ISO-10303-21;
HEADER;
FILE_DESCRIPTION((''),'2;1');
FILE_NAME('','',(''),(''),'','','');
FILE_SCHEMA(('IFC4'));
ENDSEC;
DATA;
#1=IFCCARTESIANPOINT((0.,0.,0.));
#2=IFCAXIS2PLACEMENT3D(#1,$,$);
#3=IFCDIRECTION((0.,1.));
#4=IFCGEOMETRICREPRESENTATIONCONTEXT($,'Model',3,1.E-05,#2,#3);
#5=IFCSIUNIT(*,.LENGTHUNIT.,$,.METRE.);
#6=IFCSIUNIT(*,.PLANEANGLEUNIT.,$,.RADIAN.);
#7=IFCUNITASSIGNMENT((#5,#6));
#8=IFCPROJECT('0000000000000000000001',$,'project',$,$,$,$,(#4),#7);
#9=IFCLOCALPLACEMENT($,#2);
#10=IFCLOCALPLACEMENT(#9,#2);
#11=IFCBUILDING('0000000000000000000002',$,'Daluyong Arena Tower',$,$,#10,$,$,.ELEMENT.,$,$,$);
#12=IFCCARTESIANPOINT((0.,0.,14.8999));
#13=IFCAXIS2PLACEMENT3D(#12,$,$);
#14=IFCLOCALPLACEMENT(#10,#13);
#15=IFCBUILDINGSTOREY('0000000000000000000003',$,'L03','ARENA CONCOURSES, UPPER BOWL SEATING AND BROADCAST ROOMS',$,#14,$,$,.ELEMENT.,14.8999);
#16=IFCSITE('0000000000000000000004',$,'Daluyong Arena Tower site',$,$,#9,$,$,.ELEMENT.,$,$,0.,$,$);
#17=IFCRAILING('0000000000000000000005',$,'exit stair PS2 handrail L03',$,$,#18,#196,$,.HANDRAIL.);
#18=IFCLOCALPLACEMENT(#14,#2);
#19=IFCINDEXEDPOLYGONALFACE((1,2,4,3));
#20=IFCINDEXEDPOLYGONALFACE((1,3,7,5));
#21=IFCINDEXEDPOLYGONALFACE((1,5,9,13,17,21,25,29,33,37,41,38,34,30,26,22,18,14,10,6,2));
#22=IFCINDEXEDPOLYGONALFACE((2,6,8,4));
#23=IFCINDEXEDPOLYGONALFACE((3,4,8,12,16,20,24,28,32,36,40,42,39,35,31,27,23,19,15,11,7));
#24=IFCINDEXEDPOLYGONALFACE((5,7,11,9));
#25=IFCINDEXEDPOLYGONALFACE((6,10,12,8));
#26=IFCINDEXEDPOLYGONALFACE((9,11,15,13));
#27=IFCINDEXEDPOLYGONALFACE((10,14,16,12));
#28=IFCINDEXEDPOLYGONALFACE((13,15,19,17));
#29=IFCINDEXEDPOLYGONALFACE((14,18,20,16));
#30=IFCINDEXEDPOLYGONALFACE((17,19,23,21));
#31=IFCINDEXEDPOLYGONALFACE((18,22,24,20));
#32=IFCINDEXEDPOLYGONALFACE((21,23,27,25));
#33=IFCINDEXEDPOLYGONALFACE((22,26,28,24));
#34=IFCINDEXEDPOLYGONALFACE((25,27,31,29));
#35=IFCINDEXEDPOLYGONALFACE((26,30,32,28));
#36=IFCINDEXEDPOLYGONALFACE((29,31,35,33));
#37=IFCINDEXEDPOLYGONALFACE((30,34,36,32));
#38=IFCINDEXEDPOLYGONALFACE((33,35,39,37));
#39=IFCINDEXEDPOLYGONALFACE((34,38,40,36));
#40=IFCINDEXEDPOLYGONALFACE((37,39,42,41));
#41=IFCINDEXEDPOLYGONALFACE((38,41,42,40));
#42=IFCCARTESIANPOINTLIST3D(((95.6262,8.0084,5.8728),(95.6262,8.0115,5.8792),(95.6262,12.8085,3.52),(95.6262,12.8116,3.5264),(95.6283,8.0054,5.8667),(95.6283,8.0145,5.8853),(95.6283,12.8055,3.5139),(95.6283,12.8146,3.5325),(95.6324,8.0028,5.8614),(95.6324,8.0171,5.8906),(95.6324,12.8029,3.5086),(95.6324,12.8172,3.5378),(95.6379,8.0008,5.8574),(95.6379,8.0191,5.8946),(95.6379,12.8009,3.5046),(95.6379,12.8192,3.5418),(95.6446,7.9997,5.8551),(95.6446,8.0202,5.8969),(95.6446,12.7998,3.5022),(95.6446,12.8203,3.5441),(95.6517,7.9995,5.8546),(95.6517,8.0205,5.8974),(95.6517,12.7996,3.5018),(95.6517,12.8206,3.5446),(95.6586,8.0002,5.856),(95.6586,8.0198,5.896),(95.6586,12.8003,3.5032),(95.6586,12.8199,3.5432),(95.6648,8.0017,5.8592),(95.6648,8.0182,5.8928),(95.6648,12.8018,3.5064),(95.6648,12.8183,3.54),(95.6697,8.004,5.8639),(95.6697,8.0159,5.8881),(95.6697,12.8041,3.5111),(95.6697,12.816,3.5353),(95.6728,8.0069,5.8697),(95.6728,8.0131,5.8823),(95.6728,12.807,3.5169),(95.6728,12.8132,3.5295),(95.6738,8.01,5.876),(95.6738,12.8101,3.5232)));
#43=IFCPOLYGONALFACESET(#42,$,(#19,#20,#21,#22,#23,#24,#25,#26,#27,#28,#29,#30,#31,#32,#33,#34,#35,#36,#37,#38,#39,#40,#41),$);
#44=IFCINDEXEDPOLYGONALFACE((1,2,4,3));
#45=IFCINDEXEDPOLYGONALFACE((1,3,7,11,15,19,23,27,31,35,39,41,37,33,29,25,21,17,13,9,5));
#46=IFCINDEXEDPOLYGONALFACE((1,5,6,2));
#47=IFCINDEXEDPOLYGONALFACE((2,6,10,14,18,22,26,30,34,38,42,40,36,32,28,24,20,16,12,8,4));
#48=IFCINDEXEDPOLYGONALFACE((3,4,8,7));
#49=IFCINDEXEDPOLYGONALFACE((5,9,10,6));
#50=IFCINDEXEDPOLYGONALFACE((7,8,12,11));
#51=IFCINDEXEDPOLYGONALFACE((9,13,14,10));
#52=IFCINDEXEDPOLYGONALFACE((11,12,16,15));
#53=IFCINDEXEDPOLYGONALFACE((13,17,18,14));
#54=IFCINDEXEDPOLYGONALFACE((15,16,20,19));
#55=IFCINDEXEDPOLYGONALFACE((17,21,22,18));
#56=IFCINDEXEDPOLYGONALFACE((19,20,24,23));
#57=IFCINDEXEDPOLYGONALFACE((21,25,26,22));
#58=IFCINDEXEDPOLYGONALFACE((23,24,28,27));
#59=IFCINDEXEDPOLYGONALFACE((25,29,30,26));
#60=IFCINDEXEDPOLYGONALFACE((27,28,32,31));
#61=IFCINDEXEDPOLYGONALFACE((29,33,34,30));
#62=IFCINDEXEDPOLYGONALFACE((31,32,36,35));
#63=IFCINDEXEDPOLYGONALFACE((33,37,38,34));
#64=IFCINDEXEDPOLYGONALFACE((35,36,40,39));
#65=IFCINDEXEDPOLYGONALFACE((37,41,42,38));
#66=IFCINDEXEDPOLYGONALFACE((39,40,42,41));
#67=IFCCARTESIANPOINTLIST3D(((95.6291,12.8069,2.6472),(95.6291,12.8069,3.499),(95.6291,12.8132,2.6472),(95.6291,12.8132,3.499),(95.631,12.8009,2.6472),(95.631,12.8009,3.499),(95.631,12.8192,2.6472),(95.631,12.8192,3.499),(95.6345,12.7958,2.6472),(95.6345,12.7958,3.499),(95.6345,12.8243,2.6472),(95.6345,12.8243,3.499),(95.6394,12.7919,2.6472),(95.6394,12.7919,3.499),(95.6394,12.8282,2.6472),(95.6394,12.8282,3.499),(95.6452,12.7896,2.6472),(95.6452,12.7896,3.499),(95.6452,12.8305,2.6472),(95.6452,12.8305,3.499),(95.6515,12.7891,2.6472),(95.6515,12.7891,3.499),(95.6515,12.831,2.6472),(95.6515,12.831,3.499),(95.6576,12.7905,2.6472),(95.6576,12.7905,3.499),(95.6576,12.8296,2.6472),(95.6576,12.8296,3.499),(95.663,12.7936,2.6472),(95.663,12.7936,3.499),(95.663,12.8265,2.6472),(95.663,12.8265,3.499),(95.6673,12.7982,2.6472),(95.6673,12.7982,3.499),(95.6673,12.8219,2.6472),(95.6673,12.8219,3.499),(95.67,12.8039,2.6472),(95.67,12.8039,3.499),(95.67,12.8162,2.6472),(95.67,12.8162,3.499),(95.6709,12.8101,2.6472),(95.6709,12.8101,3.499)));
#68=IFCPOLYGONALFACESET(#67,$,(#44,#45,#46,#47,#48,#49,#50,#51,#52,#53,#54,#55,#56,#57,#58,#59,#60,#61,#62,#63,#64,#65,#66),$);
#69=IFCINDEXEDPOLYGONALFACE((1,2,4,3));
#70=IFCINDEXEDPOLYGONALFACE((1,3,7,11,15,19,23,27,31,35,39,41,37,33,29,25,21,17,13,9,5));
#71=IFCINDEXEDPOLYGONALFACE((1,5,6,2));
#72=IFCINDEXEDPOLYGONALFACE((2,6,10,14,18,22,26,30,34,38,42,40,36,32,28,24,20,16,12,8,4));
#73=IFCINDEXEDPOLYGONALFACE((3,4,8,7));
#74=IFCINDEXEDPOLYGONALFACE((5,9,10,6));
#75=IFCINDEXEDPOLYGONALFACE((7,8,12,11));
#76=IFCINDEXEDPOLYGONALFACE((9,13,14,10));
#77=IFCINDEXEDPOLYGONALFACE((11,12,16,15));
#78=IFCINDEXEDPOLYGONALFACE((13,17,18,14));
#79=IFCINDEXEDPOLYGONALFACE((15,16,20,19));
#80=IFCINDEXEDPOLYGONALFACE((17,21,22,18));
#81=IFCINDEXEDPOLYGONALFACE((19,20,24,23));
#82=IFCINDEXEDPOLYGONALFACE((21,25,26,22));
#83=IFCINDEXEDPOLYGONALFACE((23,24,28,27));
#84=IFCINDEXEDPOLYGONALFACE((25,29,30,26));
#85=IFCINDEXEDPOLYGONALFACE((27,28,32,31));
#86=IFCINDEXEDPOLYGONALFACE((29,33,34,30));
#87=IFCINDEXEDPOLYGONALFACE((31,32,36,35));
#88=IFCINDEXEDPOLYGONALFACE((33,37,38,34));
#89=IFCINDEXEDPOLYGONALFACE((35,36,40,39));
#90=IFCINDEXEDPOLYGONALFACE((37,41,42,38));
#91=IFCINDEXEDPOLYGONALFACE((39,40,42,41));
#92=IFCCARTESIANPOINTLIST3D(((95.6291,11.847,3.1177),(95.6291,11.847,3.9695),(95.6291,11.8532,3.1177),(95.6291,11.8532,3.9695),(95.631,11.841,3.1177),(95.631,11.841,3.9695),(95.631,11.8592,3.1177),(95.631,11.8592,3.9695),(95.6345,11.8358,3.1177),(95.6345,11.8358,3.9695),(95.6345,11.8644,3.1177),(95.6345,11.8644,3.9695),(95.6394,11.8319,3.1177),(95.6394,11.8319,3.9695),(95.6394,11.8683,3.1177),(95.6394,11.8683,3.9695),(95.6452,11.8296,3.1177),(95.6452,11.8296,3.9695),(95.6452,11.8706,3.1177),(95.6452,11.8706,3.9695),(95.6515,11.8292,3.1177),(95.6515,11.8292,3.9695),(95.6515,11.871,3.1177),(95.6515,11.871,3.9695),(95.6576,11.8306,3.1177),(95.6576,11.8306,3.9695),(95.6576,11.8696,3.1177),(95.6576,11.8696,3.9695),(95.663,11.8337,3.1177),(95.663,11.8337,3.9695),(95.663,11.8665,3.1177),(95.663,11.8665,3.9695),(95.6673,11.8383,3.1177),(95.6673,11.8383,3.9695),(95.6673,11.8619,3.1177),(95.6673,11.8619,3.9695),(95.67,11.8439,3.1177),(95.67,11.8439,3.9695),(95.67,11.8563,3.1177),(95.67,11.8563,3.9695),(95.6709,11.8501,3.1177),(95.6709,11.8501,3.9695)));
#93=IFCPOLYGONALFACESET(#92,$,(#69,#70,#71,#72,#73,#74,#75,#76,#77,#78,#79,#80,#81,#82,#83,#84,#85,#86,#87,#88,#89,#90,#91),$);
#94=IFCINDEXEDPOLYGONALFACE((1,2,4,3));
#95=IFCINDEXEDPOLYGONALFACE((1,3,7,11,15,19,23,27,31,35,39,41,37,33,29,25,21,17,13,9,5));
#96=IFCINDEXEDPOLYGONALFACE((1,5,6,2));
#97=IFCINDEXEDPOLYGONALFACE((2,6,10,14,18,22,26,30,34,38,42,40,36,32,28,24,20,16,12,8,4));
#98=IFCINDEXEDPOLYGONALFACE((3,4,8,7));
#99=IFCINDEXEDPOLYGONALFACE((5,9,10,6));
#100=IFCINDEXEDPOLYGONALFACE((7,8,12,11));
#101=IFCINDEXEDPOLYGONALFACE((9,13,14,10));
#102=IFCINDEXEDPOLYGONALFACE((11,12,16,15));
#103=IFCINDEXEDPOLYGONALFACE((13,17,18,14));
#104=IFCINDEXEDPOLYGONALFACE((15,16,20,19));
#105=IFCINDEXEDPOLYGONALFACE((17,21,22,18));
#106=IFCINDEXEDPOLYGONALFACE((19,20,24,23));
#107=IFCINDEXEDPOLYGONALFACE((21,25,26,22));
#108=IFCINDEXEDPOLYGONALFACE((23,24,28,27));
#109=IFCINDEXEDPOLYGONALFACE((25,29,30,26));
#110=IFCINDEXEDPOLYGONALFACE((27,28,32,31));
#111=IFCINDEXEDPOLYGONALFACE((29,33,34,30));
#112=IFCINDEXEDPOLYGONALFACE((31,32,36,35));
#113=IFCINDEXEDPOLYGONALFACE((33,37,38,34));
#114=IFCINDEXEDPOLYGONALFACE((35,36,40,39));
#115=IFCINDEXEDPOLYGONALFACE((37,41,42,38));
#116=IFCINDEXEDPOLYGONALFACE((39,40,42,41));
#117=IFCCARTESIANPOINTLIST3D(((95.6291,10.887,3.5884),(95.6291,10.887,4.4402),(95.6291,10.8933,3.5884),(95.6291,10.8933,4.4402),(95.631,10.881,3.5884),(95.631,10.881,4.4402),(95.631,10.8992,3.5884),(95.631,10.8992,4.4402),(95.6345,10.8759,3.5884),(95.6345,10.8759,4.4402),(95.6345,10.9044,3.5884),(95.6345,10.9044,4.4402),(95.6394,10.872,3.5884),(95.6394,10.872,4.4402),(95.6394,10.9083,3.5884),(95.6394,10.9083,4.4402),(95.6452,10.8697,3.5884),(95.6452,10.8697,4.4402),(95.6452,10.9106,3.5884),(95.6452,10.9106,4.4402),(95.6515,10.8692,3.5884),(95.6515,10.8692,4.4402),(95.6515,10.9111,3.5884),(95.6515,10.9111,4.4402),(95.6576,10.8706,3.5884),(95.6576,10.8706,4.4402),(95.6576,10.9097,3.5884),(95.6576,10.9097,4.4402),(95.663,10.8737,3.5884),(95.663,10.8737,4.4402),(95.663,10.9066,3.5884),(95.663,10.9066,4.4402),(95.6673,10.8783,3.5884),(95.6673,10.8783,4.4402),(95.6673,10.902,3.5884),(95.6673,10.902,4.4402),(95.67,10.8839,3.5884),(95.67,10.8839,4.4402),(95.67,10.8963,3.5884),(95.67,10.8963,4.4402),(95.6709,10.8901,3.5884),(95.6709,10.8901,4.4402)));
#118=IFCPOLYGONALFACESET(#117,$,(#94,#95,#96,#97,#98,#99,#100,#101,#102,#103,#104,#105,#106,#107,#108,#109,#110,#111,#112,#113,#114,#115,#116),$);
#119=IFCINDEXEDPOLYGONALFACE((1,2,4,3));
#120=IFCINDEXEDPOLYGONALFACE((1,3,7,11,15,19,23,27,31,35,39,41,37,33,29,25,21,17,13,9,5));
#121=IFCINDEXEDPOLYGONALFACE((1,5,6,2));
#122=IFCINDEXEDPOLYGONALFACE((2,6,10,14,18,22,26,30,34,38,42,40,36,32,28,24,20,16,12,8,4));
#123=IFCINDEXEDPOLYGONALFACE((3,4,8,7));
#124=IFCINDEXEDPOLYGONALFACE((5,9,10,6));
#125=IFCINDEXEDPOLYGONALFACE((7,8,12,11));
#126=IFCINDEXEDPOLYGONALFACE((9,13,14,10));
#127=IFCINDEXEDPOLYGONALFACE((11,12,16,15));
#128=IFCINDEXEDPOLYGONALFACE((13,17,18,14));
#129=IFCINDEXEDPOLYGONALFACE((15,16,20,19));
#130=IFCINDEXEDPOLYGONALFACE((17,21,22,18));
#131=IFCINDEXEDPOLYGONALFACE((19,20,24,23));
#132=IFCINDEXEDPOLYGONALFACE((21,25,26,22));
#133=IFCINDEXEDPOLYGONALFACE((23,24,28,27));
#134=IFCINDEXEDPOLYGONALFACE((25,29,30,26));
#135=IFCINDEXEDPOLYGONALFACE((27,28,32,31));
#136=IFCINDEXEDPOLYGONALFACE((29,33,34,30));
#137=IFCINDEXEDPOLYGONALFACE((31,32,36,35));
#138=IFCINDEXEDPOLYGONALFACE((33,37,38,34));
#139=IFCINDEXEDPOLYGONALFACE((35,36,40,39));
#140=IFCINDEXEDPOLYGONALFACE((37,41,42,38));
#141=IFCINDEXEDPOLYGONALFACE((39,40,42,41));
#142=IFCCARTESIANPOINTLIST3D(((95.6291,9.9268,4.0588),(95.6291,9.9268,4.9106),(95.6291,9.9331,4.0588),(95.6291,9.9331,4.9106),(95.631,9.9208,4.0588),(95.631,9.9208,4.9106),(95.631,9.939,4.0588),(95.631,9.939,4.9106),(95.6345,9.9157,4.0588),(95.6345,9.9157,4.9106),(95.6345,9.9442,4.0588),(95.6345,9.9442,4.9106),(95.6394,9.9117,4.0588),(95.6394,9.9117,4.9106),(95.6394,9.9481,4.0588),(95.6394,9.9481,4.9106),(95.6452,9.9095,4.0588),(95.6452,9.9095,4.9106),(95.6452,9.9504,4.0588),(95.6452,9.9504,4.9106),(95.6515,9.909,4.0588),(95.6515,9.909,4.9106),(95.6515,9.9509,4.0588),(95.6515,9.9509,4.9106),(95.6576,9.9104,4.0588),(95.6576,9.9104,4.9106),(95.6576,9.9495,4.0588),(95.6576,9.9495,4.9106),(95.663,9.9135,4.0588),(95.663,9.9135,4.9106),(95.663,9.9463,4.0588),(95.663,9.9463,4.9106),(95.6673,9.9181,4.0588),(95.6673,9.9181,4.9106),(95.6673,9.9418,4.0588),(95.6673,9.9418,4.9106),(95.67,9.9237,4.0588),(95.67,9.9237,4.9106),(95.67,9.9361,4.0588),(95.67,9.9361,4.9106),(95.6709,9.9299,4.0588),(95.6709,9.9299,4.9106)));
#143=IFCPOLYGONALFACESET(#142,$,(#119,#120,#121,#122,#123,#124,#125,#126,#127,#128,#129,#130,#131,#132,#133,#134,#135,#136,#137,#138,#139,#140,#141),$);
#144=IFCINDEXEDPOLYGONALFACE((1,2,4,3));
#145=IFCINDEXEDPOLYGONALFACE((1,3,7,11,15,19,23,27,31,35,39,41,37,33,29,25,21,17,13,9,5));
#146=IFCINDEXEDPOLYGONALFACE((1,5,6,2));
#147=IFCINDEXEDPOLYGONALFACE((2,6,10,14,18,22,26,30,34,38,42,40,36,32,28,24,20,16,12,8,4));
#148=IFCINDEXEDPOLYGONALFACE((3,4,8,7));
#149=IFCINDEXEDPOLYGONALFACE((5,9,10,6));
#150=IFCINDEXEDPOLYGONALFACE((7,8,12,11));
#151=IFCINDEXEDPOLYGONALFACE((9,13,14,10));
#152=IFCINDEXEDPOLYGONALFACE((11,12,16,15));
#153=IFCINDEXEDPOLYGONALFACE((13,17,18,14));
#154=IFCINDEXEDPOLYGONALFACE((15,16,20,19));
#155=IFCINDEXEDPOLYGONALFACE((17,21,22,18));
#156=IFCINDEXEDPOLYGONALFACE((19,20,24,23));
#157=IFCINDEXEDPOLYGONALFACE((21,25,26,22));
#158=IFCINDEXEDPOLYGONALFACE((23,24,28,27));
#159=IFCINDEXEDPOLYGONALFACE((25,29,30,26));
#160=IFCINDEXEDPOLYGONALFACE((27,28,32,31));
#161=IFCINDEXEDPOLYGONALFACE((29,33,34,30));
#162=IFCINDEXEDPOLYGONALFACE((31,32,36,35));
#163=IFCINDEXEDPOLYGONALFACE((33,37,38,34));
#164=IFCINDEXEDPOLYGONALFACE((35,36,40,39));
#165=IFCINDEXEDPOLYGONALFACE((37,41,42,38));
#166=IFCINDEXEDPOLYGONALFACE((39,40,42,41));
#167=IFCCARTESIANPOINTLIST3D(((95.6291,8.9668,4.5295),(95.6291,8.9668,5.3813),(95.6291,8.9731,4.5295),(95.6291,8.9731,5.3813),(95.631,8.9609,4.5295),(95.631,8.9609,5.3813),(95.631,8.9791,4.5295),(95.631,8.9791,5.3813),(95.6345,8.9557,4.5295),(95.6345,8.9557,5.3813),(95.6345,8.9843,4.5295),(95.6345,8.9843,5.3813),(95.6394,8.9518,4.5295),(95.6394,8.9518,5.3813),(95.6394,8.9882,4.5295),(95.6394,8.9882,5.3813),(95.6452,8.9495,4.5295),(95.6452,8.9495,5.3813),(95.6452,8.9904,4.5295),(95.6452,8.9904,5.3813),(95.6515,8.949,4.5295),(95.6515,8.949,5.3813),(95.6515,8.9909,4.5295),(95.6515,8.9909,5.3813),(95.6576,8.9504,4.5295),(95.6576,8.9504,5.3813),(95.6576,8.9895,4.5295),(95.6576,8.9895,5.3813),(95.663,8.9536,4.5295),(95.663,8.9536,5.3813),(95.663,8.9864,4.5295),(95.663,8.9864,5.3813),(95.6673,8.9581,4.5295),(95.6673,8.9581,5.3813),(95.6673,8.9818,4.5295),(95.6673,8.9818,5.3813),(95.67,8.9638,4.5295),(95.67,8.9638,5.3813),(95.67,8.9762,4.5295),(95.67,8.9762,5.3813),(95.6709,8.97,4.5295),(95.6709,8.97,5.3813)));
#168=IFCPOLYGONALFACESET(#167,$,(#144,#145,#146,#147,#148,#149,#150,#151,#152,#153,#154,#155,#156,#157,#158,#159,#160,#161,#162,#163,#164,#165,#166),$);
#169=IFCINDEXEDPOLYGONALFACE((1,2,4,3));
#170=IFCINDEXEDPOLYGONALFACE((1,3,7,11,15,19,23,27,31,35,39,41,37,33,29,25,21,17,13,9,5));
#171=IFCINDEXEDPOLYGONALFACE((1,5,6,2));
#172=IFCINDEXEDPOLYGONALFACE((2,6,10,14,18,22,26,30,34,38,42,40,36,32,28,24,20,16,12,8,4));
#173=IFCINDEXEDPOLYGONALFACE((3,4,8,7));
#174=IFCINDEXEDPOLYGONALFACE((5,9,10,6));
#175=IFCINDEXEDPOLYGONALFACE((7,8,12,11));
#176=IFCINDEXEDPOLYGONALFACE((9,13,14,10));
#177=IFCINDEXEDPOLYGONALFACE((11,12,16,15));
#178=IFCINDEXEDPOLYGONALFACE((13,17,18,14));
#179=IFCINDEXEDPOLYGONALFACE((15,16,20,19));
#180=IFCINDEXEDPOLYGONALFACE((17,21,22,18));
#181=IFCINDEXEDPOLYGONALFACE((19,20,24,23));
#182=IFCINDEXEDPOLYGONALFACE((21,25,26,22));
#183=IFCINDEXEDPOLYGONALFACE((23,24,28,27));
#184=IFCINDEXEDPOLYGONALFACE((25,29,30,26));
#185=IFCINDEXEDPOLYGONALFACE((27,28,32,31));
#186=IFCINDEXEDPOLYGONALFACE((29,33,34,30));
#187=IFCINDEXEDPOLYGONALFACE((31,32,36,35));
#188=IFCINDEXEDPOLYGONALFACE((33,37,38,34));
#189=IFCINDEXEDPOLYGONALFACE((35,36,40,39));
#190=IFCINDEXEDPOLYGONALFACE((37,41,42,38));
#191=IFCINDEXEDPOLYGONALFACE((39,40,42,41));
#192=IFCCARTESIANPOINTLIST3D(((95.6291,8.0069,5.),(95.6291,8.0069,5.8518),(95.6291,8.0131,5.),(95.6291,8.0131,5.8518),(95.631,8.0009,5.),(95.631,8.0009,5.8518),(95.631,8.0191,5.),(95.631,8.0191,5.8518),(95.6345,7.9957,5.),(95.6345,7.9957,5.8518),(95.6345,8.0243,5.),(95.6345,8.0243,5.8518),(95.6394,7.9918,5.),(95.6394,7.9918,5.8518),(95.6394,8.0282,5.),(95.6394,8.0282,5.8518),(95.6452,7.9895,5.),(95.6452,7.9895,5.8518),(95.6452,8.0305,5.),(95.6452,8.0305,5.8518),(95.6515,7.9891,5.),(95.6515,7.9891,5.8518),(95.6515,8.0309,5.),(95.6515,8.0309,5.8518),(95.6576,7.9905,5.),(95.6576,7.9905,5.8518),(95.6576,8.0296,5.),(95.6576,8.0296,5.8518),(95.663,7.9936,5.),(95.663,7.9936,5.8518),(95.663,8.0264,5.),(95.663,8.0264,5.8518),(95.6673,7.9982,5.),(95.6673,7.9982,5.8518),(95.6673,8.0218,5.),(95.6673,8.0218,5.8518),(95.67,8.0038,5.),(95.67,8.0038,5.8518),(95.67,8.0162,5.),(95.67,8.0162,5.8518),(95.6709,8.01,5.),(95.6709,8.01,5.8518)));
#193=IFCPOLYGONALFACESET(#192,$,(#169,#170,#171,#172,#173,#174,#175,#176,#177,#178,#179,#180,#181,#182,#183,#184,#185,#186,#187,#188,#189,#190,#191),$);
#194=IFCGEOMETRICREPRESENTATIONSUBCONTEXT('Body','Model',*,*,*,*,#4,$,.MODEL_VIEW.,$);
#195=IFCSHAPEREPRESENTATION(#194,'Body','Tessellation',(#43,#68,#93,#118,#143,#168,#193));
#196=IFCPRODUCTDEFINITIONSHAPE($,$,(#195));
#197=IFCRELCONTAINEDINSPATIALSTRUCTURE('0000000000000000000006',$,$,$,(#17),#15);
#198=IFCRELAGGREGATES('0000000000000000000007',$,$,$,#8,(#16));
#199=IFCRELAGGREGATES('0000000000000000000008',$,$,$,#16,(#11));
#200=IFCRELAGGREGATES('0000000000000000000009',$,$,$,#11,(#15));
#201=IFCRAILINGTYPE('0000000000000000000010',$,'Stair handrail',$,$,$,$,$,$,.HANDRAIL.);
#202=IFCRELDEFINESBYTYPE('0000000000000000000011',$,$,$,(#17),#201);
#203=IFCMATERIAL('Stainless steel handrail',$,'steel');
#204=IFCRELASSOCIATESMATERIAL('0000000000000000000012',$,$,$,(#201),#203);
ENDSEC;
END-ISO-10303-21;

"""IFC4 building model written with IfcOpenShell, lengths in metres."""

from ifc_helpers import new_model, si_unit, direction, frame, origin, origin_2d, place, context, subcontext, project, spatial, circle, extrude, material, type_object, element, save


model = new_model("IFC4")

# Units and contexts
model_context = context("Model", 3, precision=1e-05, world=origin(), true_north=direction((0.0, 1.0)))
body_context = subcontext(model_context, "Body", "Model", "MODEL_VIEW")
ifc_project = project(units=[si_unit("LENGTHUNIT", "METRE"), si_unit("PLANEANGLEUNIT", "RADIAN")], contexts=[model_context])

# Site, building, storey
site_placement = place(None, origin())
site = spatial("IfcSite", under=ifc_project, at=site_placement, Name="Daluyong Arena Tower site", CompositionType="ELEMENT", RefElevation=0.0)
building_placement = place(site_placement, origin())
building = spatial("IfcBuilding", under=site, at=building_placement, Name="Daluyong Arena Tower", CompositionType="ELEMENT")
storey_placement = place(building_placement, frame((0.0, 0.0, 14.8999)))
storey = spatial("IfcBuildingStorey", under=building, at=storey_placement, Name="L03", Description="ARENA CONCOURSES, UPPER BOWL SEATING AND BROADCAST ROOMS", CompositionType="ELEMENT", Elevation=14.8999)

# Railing
ifc_material_1 = material(Name="Stainless steel handrail", Category="steel")
railing_type_1 = type_object("IfcRailingType", Name="Stair handrail", PredefinedType="HANDRAIL", material=ifc_material_1)
railing_1_placement = place(storey_placement, frame((95.6499, 12.8101, 2.6472)))
element("IfcRailing", 1, at=railing_1_placement, inside=storey, type_object=railing_type_1, Name="exit stair PS2 handrail L03", PredefinedType="HANDRAIL", context=body_context, shape_type="SweptSolid", body=[
    extrude(circle(Radius=0.0239, at=origin_2d()), frame((0.0, 0.0, 0.876), z_axis=(0.0, -0.897934, 0.44013), x_axis=(1.0, 0.0, 0.0)), (0.0, 0.0, 1.0), 5.3457),
    extrude(circle(Radius=0.021, at=origin_2d()), origin(), (0.0, 0.0, 1.0), 0.8518),
    extrude(circle(Radius=0.021, at=origin_2d()), frame((0.0, -0.96, 0.4705)), (0.0, 0.0, 1.0), 0.8518),
    extrude(circle(Radius=0.021, at=origin_2d()), frame((0.0, -1.9199, 0.9412)), (0.0, 0.0, 1.0), 0.8518),
    extrude(circle(Radius=0.021, at=origin_2d()), frame((0.0, -2.8801, 1.4116)), (0.0, 0.0, 1.0), 0.8518),
    extrude(circle(Radius=0.021, at=origin_2d()), frame((0.0, -3.8401, 1.8823)), (0.0, 0.0, 1.0), 0.8518),
    extrude(circle(Radius=0.021, at=origin_2d()), frame((0.0, -4.8, 2.3528)), (0.0, 0.0, 1.0), 0.8518),
])

save(model, "model.ifc")
